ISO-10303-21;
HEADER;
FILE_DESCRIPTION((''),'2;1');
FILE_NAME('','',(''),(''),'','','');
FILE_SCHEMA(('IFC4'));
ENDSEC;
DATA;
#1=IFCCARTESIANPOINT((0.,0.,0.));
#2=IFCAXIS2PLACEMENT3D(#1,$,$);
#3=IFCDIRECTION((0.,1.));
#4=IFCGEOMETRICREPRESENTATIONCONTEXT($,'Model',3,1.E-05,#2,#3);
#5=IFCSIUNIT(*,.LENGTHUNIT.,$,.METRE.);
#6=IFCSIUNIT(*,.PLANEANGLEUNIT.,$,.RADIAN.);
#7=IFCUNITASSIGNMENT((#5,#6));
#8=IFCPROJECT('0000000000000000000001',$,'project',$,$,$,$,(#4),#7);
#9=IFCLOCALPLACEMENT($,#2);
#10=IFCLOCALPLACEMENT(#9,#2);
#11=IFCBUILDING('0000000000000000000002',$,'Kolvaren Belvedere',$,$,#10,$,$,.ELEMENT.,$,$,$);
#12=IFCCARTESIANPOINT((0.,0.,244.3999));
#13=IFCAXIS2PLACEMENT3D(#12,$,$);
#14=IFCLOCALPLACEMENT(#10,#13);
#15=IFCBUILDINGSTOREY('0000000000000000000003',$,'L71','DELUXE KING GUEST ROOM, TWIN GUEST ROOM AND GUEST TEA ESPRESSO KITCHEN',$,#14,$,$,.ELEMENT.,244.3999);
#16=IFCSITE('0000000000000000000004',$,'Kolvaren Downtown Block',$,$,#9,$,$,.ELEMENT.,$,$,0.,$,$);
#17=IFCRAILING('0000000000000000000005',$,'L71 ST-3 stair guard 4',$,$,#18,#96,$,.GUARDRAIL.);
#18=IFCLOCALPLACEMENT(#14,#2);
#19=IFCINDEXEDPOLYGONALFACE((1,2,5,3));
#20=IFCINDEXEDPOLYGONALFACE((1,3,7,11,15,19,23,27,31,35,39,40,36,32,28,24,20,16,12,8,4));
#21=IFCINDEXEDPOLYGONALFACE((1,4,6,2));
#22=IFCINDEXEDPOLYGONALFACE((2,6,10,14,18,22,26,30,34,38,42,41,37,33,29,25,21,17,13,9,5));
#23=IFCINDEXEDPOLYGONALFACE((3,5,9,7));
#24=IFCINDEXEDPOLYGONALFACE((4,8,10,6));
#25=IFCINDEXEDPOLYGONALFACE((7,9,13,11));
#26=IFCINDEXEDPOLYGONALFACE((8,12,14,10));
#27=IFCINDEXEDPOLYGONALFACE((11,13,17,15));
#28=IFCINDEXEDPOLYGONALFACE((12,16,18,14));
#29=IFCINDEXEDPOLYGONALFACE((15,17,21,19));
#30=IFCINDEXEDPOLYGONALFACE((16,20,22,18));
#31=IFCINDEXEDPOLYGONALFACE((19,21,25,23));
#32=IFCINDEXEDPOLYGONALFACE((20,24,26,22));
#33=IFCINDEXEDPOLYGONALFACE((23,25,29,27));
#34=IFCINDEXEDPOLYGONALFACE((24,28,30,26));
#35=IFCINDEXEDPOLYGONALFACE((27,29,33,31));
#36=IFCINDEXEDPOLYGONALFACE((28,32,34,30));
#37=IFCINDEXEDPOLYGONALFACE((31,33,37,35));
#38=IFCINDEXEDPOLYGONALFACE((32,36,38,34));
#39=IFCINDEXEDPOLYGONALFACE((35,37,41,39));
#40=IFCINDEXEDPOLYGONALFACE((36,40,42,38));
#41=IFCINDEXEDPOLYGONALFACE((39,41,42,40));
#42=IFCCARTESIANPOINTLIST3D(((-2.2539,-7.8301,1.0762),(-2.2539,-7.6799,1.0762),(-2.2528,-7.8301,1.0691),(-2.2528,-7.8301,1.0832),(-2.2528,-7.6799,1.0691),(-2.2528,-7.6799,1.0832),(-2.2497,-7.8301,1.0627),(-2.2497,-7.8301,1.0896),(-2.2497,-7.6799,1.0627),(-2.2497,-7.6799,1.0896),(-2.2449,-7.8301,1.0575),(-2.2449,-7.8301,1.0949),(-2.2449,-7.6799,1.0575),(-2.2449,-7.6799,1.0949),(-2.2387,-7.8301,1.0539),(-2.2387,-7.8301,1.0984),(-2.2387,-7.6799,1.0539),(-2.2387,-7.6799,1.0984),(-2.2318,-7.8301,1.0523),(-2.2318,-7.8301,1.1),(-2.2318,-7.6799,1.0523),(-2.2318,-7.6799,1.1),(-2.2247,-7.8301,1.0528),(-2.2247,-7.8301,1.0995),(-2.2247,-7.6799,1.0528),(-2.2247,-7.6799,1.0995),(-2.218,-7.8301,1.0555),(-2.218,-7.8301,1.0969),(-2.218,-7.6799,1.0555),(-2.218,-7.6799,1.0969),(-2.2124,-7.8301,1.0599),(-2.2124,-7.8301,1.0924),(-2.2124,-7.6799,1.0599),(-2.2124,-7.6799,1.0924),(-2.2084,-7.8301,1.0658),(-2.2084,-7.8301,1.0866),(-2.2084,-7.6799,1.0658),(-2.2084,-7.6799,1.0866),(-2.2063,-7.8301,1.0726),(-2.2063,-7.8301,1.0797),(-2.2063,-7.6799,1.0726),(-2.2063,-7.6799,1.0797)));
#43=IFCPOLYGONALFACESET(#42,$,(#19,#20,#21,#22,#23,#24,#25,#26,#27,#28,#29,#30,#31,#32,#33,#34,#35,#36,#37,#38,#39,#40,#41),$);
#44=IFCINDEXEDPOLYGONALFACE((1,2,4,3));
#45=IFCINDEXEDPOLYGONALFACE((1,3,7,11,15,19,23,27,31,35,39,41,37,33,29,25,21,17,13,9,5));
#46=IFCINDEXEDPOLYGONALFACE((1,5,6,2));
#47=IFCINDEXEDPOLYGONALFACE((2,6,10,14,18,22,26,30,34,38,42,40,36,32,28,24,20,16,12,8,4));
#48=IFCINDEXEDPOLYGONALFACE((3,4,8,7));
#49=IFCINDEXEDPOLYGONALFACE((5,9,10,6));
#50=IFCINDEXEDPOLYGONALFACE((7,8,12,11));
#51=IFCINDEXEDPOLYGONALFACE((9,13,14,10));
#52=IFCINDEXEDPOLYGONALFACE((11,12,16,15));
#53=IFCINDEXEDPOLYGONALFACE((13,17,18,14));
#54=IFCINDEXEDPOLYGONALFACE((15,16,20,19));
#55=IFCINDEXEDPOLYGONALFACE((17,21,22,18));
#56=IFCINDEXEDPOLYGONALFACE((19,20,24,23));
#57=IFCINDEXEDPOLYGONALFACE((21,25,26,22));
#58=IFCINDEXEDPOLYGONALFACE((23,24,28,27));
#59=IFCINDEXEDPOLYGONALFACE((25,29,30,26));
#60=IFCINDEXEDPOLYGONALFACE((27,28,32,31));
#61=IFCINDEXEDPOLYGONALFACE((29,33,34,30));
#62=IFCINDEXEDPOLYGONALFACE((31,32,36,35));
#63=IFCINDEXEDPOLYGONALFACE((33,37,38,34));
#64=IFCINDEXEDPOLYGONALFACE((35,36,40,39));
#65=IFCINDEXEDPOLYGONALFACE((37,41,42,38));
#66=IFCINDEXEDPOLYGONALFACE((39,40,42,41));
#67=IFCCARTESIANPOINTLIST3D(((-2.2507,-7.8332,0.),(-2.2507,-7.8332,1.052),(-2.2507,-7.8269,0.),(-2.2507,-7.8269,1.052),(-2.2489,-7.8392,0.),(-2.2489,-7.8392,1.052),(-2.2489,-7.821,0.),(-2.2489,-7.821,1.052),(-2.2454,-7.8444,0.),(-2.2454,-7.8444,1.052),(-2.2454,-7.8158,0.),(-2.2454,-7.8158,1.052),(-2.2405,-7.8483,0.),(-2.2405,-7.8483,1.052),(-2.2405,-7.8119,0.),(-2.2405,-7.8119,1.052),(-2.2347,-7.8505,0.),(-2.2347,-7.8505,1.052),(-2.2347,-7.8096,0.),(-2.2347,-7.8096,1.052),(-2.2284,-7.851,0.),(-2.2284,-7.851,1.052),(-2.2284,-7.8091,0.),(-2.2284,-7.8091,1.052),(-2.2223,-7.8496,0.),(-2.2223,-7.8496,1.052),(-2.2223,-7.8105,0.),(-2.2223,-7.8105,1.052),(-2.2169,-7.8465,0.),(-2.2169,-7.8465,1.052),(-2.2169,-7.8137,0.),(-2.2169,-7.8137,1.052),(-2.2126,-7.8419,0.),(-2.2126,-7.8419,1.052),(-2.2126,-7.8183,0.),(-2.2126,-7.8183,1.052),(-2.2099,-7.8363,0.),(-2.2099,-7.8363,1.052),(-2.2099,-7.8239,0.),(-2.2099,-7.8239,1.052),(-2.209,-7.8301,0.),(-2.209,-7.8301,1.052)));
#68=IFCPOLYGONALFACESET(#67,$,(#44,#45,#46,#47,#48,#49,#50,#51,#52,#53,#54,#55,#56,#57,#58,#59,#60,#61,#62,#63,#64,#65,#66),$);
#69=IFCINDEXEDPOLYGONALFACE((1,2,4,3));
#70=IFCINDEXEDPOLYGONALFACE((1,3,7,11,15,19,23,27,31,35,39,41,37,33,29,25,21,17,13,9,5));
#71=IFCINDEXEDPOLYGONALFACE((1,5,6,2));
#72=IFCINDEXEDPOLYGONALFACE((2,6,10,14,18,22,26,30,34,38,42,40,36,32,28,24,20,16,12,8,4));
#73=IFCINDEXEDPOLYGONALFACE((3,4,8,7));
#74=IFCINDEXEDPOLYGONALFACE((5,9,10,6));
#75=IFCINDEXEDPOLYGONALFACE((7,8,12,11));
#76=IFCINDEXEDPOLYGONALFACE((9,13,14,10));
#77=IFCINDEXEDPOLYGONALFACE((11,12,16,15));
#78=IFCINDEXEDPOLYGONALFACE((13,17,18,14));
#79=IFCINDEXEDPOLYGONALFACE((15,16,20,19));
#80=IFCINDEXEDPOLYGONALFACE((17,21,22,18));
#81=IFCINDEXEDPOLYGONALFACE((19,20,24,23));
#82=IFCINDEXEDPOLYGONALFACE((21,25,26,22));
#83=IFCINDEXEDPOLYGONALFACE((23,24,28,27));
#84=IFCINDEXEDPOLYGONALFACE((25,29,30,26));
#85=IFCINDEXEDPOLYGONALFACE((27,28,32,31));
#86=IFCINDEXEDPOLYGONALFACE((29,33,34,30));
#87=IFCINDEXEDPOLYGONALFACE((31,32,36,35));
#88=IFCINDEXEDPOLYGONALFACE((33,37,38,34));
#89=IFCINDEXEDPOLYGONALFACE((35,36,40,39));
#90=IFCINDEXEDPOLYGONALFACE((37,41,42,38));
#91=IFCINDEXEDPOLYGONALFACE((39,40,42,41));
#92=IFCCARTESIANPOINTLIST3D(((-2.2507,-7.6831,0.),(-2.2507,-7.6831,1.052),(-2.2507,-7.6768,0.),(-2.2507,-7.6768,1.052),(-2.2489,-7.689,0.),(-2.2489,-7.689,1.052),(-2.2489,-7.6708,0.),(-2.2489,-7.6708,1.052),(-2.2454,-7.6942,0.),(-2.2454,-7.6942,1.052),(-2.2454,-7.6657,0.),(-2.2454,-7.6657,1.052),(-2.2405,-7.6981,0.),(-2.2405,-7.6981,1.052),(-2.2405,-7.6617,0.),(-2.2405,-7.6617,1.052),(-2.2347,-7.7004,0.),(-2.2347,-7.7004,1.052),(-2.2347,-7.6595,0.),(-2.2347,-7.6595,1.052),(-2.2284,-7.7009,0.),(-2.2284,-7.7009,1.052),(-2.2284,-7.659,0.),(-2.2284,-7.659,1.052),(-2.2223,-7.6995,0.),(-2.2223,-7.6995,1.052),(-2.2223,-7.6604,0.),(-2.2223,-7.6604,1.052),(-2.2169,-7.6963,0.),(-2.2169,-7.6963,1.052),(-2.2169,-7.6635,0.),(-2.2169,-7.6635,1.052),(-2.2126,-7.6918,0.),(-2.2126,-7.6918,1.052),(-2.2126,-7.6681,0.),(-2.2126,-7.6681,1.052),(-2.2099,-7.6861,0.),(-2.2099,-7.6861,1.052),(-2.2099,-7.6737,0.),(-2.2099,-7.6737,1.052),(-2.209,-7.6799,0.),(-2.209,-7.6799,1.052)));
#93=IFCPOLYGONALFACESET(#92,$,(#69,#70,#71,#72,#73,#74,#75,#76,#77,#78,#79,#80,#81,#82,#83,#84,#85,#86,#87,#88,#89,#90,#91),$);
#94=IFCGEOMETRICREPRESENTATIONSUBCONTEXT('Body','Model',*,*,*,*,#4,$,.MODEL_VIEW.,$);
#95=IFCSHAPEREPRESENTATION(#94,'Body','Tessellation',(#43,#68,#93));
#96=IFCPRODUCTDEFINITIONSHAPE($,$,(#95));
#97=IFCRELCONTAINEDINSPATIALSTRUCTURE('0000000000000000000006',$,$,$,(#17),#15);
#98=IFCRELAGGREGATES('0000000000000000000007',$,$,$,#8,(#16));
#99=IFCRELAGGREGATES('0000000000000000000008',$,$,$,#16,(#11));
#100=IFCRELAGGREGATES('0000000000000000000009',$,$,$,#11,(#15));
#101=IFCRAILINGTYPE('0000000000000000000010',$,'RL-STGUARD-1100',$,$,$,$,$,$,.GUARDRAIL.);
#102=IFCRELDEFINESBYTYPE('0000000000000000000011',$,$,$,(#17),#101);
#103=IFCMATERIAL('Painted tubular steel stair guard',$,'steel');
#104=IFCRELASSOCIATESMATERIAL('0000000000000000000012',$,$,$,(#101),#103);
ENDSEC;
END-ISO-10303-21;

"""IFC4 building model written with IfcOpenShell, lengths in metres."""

from ifc_helpers import new_model, si_unit, direction, frame, origin, origin_2d, place, context, subcontext, project, spatial, circle, extrude, material, type_object, element, save


model = new_model("IFC4")

# Units and contexts
model_context = context("Model", 3, precision=1e-05, world=origin(), true_north=direction((0.0, 1.0)))
body_context = subcontext(model_context, "Body", "Model", "MODEL_VIEW")
ifc_project = project(units=[si_unit("LENGTHUNIT", "METRE"), si_unit("PLANEANGLEUNIT", "RADIAN")], contexts=[model_context])

# Site, building, storey
site_placement = place(None, origin())
site = spatial("IfcSite", under=ifc_project, at=site_placement, Name="Kolvaren Downtown Block", CompositionType="ELEMENT", RefElevation=0.0)
building_placement = place(site_placement, origin())
building = spatial("IfcBuilding", under=site, at=building_placement, Name="Kolvaren Belvedere", CompositionType="ELEMENT")
storey_placement = place(building_placement, frame((0.0, 0.0, 244.3999)))
storey = spatial("IfcBuildingStorey", under=building, at=storey_placement, Name="L71", Description="DELUXE KING GUEST ROOM, TWIN GUEST ROOM AND GUEST TEA ESPRESSO KITCHEN", CompositionType="ELEMENT", Elevation=244.3999)

# Railing
ifc_material_1 = material(Name="Painted tubular steel stair guard", Category="steel")
railing_type_1 = type_object("IfcRailingType", Name="RL-STGUARD-1100", PredefinedType="GUARDRAIL", material=ifc_material_1)
railing_1_placement = place(storey_placement, frame((-2.23, -7.8301, 0.0)))
element("IfcRailing", 1, at=railing_1_placement, inside=storey, type_object=railing_type_1, Name="L71 ST-3 stair guard 4", PredefinedType="GUARDRAIL", context=body_context, shape_type="SweptSolid", body=[
    extrude(circle(Radius=0.0239, at=origin_2d()), frame((0.0, 0.0, 1.0762), z_axis=(0.0, 1.0, 0.0), x_axis=(-1.0, 0.0, 0.0)), (0.0, 0.0, 1.0), 0.1501),
    extrude(circle(Radius=0.021, at=origin_2d()), origin(), (0.0, 0.0, 1.0), 1.052),
    extrude(circle(Radius=0.021, at=origin_2d()), frame((0.0, 0.1501, 0.0)), (0.0, 0.0, 1.0), 1.052),
])

save(model, "model.ifc")
